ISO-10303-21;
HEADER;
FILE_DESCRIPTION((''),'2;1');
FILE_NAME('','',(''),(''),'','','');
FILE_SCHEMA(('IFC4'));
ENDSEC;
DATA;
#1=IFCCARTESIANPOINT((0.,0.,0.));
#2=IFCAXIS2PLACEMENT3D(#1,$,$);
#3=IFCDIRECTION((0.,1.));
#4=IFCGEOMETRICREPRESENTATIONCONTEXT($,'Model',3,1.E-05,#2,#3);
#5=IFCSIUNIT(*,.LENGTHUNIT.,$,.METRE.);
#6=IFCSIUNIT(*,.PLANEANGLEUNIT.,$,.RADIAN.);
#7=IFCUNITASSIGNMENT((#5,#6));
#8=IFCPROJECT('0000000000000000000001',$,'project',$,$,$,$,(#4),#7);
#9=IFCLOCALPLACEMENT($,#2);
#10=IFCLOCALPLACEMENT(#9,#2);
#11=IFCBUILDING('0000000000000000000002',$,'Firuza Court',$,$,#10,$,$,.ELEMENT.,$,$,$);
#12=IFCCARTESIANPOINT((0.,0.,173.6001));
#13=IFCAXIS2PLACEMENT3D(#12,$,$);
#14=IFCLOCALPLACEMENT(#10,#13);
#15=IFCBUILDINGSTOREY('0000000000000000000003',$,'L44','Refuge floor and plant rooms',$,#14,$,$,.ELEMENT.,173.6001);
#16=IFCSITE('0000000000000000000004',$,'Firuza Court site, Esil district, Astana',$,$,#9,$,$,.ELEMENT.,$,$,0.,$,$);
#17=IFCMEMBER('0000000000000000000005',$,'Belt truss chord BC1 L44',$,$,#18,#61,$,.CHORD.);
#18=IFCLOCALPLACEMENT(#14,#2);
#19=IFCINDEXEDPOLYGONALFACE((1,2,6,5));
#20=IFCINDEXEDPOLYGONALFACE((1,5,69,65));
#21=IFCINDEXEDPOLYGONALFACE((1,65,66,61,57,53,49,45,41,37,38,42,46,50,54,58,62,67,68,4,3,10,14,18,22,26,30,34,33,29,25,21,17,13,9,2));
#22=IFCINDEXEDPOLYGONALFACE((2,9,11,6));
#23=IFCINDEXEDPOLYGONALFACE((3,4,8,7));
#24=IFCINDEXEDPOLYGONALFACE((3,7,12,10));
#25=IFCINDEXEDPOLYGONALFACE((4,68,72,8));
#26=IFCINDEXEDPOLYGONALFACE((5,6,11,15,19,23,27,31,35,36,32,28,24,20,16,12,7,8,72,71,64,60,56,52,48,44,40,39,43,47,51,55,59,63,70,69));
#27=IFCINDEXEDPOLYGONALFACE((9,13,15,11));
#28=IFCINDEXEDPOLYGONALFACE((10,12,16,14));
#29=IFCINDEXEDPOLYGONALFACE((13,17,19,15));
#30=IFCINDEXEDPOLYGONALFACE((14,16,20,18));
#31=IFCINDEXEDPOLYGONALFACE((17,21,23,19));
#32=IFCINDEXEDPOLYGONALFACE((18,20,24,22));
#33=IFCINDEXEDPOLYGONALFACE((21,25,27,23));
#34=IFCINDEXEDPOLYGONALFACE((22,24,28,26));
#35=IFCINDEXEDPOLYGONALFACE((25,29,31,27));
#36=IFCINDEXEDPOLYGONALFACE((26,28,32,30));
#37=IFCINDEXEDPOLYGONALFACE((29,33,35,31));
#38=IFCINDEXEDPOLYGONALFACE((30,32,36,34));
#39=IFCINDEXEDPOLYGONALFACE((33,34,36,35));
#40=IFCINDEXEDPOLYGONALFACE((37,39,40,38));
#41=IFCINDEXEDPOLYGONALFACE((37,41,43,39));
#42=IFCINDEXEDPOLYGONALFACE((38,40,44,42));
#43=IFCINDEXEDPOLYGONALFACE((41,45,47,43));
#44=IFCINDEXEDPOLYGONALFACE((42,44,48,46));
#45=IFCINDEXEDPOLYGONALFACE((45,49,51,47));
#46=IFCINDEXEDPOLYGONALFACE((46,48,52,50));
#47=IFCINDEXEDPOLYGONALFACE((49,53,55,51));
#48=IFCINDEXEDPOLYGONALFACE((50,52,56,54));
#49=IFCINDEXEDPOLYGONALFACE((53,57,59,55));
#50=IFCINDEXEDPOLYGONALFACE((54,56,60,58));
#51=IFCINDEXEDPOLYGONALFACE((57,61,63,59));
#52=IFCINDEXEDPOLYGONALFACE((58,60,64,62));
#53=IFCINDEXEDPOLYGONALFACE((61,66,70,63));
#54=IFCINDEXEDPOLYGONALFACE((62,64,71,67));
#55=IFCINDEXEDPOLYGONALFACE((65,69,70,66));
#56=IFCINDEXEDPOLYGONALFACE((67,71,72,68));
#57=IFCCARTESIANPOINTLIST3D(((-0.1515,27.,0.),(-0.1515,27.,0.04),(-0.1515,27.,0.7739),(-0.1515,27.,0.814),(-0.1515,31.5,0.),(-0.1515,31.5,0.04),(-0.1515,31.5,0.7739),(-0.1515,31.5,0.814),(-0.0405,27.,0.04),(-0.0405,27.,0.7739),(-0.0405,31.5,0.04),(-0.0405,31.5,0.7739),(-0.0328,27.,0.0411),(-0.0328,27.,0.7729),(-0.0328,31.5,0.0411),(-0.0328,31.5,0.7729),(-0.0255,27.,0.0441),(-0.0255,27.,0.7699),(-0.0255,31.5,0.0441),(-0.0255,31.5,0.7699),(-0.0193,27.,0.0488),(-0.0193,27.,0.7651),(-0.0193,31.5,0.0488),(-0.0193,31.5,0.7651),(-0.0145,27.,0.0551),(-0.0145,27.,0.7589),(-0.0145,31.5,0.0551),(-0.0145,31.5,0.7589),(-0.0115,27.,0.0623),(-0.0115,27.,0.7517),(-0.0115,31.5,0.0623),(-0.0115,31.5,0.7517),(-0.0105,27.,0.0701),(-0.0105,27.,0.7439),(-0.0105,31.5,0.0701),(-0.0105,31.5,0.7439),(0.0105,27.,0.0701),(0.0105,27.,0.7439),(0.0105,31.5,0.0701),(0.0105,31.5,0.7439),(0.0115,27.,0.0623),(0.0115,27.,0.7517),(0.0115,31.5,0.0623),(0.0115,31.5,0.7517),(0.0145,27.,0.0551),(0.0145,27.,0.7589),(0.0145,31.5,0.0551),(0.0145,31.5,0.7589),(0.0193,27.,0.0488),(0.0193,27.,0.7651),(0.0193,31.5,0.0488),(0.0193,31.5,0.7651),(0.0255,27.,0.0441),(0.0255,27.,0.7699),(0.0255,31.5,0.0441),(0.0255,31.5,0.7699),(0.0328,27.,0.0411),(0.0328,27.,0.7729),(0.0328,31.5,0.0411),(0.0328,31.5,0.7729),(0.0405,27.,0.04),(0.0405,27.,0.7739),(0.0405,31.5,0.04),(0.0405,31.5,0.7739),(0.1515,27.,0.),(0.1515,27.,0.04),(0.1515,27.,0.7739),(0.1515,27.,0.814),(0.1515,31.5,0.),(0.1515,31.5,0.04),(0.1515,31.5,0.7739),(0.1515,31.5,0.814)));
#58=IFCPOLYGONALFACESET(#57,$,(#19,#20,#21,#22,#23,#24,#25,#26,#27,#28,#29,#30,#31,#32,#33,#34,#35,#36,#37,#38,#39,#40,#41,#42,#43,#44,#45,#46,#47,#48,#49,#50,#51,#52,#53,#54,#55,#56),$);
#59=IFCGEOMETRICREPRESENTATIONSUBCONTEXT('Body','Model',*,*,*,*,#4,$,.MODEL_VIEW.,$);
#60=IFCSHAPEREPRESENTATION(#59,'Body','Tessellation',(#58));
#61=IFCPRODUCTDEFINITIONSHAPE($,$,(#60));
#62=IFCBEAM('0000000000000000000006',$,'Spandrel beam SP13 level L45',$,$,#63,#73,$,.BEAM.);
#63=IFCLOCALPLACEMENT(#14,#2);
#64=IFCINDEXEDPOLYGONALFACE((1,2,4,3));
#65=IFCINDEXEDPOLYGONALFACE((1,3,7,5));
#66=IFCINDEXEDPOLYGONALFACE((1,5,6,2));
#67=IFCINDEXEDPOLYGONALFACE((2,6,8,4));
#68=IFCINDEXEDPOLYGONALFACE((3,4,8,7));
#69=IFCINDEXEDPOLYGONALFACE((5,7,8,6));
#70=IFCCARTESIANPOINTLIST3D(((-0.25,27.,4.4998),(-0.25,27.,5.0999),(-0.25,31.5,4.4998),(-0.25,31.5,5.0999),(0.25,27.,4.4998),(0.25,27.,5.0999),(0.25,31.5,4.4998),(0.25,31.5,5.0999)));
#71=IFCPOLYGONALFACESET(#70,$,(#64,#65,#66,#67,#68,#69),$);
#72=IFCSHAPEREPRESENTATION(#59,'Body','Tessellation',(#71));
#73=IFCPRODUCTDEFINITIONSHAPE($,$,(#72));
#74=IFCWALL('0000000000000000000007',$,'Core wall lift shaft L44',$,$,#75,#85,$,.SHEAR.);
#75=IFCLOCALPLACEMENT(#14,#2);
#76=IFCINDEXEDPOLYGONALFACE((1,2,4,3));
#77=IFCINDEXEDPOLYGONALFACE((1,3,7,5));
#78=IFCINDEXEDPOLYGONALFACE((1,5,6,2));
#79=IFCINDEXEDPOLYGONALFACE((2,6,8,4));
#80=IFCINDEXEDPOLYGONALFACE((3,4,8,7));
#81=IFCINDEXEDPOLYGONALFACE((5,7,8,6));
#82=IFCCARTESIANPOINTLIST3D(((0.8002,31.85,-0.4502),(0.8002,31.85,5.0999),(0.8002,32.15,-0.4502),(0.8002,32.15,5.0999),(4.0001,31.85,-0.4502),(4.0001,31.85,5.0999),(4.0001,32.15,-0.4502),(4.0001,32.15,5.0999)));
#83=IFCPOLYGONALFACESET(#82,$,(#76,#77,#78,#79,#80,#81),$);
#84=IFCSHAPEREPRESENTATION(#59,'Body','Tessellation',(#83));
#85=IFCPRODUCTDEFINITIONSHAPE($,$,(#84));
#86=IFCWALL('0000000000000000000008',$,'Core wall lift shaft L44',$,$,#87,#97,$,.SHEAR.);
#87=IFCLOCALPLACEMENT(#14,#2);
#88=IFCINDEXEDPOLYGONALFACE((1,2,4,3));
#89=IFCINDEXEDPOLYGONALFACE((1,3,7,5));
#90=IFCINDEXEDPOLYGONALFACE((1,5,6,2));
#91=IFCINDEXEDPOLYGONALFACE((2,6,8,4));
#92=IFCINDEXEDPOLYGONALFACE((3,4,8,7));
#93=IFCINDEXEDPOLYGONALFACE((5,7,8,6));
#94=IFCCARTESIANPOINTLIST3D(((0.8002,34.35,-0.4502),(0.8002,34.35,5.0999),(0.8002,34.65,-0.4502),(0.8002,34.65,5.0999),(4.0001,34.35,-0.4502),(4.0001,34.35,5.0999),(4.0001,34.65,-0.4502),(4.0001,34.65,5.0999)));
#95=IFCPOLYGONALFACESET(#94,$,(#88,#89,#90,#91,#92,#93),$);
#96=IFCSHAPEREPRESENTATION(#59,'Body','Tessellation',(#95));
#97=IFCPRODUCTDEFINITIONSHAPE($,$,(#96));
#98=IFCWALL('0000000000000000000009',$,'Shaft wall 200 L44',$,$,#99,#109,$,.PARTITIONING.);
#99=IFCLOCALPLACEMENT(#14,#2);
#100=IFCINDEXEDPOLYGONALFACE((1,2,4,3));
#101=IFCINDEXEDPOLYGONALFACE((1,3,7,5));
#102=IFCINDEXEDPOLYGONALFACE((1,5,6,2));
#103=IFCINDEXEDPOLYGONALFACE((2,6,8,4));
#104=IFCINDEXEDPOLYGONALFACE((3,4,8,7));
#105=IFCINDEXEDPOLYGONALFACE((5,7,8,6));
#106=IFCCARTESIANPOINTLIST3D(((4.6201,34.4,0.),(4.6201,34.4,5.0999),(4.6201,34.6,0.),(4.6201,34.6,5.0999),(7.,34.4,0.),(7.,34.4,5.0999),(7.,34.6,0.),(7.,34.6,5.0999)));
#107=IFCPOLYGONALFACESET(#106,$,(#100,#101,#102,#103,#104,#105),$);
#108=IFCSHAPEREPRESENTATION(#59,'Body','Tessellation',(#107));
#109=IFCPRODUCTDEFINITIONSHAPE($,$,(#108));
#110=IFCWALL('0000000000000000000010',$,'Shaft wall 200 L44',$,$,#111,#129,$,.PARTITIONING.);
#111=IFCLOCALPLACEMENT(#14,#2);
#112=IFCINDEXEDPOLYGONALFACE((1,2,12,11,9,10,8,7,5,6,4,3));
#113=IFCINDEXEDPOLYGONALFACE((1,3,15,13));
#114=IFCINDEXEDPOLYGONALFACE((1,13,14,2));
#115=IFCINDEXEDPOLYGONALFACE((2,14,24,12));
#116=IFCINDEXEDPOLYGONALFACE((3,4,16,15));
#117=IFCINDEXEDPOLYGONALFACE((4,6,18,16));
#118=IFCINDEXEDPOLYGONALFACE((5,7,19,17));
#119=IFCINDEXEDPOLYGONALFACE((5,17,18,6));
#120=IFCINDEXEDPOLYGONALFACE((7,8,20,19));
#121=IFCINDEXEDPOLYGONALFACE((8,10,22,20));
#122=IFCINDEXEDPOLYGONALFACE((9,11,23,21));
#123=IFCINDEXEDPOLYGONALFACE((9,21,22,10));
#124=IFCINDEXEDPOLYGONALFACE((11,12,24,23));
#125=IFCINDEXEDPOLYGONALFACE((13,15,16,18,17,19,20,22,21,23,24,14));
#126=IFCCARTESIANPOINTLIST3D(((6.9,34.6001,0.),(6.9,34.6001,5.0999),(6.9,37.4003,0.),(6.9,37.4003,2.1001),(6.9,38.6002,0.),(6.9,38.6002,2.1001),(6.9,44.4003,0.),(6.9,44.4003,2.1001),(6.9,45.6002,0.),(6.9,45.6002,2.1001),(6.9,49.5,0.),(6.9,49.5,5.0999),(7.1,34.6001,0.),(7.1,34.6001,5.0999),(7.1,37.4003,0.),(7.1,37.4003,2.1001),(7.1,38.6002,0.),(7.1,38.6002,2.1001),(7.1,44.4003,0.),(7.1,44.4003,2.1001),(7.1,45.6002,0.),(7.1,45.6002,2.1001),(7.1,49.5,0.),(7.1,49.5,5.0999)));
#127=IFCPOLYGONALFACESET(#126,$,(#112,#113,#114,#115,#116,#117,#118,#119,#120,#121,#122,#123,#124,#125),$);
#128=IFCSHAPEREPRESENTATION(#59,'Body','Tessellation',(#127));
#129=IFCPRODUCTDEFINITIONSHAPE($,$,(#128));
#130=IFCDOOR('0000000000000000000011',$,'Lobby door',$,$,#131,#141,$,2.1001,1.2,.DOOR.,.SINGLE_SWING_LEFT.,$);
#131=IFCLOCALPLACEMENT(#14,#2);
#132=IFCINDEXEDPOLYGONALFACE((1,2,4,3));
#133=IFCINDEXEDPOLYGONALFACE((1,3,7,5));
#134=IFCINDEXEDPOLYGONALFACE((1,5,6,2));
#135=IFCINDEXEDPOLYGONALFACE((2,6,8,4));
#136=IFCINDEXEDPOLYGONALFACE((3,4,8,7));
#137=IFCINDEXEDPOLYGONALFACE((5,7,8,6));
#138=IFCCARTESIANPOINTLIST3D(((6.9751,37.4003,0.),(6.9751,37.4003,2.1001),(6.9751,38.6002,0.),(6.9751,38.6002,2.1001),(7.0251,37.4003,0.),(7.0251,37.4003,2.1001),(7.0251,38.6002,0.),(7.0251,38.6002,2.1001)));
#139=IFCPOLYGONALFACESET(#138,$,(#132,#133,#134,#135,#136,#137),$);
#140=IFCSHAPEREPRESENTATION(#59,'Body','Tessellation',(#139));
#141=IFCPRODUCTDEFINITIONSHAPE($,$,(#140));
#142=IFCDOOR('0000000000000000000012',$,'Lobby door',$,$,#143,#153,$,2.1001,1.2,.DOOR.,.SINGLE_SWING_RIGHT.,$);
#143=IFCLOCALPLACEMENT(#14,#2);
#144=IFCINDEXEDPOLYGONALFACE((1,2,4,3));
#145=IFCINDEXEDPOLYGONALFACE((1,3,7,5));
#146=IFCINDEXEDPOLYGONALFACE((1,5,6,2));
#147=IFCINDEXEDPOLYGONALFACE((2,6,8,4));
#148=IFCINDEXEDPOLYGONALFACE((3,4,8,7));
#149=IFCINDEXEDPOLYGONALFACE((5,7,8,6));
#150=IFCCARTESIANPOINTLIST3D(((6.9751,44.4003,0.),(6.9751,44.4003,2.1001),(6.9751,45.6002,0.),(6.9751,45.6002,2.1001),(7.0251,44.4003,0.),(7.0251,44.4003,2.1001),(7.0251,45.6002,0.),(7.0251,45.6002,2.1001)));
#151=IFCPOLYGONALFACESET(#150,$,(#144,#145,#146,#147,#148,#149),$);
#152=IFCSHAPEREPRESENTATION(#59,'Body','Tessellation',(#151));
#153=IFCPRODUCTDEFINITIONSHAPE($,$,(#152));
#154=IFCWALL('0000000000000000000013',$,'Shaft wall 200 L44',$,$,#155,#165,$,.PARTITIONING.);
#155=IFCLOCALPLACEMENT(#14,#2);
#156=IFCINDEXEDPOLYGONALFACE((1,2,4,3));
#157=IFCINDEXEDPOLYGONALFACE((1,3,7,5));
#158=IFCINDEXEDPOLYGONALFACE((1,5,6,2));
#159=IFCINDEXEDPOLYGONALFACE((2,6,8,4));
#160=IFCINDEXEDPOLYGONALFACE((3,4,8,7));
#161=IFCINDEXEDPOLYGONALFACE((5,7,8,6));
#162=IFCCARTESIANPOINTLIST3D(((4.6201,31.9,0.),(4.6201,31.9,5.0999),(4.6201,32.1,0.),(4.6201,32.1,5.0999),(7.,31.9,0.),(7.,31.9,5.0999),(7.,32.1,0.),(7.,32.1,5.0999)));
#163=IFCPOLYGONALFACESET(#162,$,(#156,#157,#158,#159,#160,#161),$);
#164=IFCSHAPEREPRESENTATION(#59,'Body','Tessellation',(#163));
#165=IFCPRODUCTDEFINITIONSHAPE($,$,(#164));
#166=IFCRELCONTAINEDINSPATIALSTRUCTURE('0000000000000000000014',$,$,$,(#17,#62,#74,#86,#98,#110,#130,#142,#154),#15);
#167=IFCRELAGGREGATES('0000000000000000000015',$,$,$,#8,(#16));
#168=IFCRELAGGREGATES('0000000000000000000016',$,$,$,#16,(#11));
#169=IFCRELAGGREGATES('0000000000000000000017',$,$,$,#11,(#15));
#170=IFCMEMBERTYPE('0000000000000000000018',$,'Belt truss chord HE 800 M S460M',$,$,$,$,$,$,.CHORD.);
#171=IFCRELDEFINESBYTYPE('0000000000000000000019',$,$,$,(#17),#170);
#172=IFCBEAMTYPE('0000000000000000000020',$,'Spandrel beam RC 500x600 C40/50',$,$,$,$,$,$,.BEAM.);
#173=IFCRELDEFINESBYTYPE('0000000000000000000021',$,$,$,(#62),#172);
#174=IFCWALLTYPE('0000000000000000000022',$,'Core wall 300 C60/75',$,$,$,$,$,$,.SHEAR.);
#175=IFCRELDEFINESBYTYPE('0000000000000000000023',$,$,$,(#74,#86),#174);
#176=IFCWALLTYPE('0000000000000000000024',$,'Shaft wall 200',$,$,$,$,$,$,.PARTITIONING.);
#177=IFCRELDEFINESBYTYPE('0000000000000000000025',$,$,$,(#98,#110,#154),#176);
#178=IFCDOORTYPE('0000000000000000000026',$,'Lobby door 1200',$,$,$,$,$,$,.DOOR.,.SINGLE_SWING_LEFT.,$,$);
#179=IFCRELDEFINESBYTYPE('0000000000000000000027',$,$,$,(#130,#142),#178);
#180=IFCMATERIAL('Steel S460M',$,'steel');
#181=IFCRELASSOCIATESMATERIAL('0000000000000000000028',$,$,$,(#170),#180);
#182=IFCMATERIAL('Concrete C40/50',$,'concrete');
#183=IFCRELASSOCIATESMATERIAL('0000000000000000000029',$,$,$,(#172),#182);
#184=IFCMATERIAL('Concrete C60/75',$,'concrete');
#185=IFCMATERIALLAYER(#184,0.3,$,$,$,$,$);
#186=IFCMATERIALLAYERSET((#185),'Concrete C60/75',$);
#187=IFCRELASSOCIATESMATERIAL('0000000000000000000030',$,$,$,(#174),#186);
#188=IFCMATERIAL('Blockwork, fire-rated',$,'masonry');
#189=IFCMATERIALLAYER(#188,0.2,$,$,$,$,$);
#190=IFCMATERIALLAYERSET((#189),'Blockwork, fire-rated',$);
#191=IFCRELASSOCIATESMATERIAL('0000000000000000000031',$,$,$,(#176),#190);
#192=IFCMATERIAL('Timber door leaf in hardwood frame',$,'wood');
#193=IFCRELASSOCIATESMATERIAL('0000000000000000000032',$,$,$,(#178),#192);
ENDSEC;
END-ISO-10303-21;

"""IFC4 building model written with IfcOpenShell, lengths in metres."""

from ifc_helpers import new_model, si_unit, direction, frame, frame_2d, origin, origin_2d, place, context, subcontext, project, spatial, rectangle, i_section, extrude, material, layer, layer_set, material_profile, profile_set, type_object, element, fill, save


model = new_model("IFC4")

# Units and contexts
model_context = context("Model", 3, precision=1e-05, world=origin(), true_north=direction((0.0, 1.0)))
body_context = subcontext(model_context, "Body", "Model", "MODEL_VIEW")
ifc_project = project(units=[si_unit("LENGTHUNIT", "METRE"), si_unit("PLANEANGLEUNIT", "RADIAN")], contexts=[model_context])

# Site, building, storey
site_placement = place(None, origin())
site = spatial("IfcSite", under=ifc_project, at=site_placement, Name="Firuza Court site, Esil district, Astana", CompositionType="ELEMENT", RefElevation=0.0)
building_placement = place(site_placement, origin())
building = spatial("IfcBuilding", under=site, at=building_placement, Name="Firuza Court", CompositionType="ELEMENT")
storey_placement = place(building_placement, frame((0.0, 0.0, 173.6001)))
storey = spatial("IfcBuildingStorey", under=building, at=storey_placement, Name="L44", Description="Refuge floor and plant rooms", CompositionType="ELEMENT", Elevation=173.6001)

# Member
ifc_material_1 = material(Name="Steel S460M", Category="steel")
ifc_material_profile_1 = material_profile(ifc_material_1, i_section(OverallWidth=0.303, OverallDepth=0.814, WebThickness=0.021, FlangeThickness=0.04, FilletRadius=0.03, at=origin_2d()), Name="HE 800 M")
ifc_profile_set_1 = profile_set([ifc_material_profile_1], Name="Steel S460M")
member_type = type_object("IfcMemberType", Name="Belt truss chord HE 800 M S460M", PredefinedType="CHORD", material=ifc_profile_set_1)
member_placement = place(storey_placement, frame((0.0, 31.5, 0.407), z_axis=(0.0, -1.0, 0.0), x_axis=(1.0, 0.0, 0.0)))
element("IfcMember", 1, at=member_placement, inside=storey, type_object=member_type, Name="Belt truss chord BC1 L44", PredefinedType="CHORD", context=body_context, shape_type="SweptSolid", body=[
    extrude(i_section(OverallWidth=0.303, OverallDepth=0.814, WebThickness=0.021, FlangeThickness=0.04, FilletRadius=0.03, at=origin_2d()), origin(), (0.0, 0.0, 1.0), 4.5),
])

# Beam
ifc_material_2 = material(Name="Concrete C40/50", Category="concrete")
ifc_material_profile_2 = material_profile(ifc_material_2, rectangle(XDim=0.5, YDim=0.6001, at=origin_2d()), Name="RC 500x600")
ifc_profile_set_2 = profile_set([ifc_material_profile_2], Name="Concrete C40/50")
beam_type = type_object("IfcBeamType", Name="Spandrel beam RC 500x600 C40/50", PredefinedType="BEAM", material=ifc_profile_set_2)
beam_placement = place(storey_placement, frame((0.0, 31.5, 4.7998), z_axis=(0.0, -1.0, 0.0), x_axis=(1.0, 0.0, 0.0)))
element("IfcBeam", 2, at=beam_placement, inside=storey, type_object=beam_type, Name="Spandrel beam SP13 level L45", PredefinedType="BEAM", context=body_context, shape_type="SweptSolid", body=[
    extrude(rectangle(XDim=0.5, YDim=0.6001, at=origin_2d()), origin(), (0.0, 0.0, 1.0), 4.5),
])

# Walls
ifc_material_3 = material(Name="Concrete C60/75", Category="concrete")
ifc_layer_1 = layer(ifc_material_3, 0.3)
ifc_layer_set_1 = layer_set([ifc_layer_1], Name="Concrete C60/75")
wall_type_1 = type_object("IfcWallType", Name="Core wall 300 C60/75", PredefinedType="SHEAR", material=ifc_layer_set_1)
for number, where, z_axis, x_axis, name in (
    (3, (0.8, 32.0, -0.4502), (0.0, 0.0, 1.0), (1.0, 0.0, 0.0), "Core wall lift shaft L44"),
    (4, (0.8, 34.5, -0.4502), (0.0, 0.0, 1.0), (1.0, 0.0, 0.0), "Core wall lift shaft L44"),
):
    element("IfcWall", number, at=place(storey_placement, frame(where, z_axis=z_axis, x_axis=x_axis)), inside=storey, type_object=wall_type_1, Name=name, PredefinedType="SHEAR", context=body_context, shape_type="SweptSolid", body=[
        extrude(rectangle(XDim=3.2, YDim=0.3, at=frame_2d((1.6001, 0.0))), origin(), (0.0, 0.0, 1.0), 5.55),
    ])
ifc_material_4 = material(Name="Blockwork, fire-rated", Category="masonry")
ifc_layer_2 = layer(ifc_material_4, 0.2)
ifc_layer_set_2 = layer_set([ifc_layer_2], Name="Blockwork, fire-rated")
wall_type_2 = type_object("IfcWallType", Name="Shaft wall 200", PredefinedType="PARTITIONING", material=ifc_layer_set_2)
wall_1_placement = place(storey_placement, frame((4.6201, 34.5, 0.0), z_axis=(0.0, 0.0, 1.0), x_axis=(1.0, 0.0, 0.0)))
element("IfcWall", 5, at=wall_1_placement, inside=storey, type_object=wall_type_2, Name="Shaft wall 200 L44", PredefinedType="PARTITIONING", context=body_context, shape_type="SweptSolid", body=[
    extrude(rectangle(XDim=2.3799, YDim=0.2, at=frame_2d((1.1899, 0.0))), origin(), (0.0, 0.0, 1.0), 5.0999),
])

# Wall, openings, doors
wall_2_placement = place(storey_placement, frame((7.0, 34.6001, 0.0), z_axis=(0.0, 0.0, 1.0), x_axis=(0.0, 1.0, 0.0)))
wall_2 = element("IfcWall", 6, at=wall_2_placement, inside=storey, type_object=wall_type_2, Name="Shaft wall 200 L44", PredefinedType="PARTITIONING", context=body_context, shape_type="SweptSolid", body=[
    extrude(rectangle(XDim=14.8999, YDim=0.2, at=frame_2d((7.45, 0.0))), origin(), (0.0, 0.0, 1.0), 5.0999),
])
opening_1_placement = place(wall_2_placement, frame((2.8, 0.0, 0.0)))
opening_1 = element("IfcOpeningElement", 7, at=opening_1_placement, cuts=wall_2, PredefinedType="OPENING", context=body_context, shape_type="SweptSolid", body=[
    extrude(rectangle(XDim=1.2, YDim=2.1001, at=frame_2d((0.6001, 1.05))), frame((0.0, 0.1118, 0.0), z_axis=(0.0, -1.0, 0.0), x_axis=(1.0, 0.0, 0.0)), (0.0, 0.0, 1.0), 0.2239),
])
opening_2_placement = place(wall_2_placement, frame((9.8, 0.0, 0.0)))
opening_2 = element("IfcOpeningElement", 8, at=opening_2_placement, cuts=wall_2, PredefinedType="OPENING", context=body_context, shape_type="SweptSolid", body=[
    extrude(rectangle(XDim=1.2, YDim=2.1001, at=frame_2d((0.6001, 1.05))), frame((0.0, 0.1118, 0.0), z_axis=(0.0, -1.0, 0.0), x_axis=(1.0, 0.0, 0.0)), (0.0, 0.0, 1.0), 0.2239),
])
ifc_material_5 = material(Name="Timber door leaf in hardwood frame", Category="wood")
door_type = type_object("IfcDoorType", Name="Lobby door 1200", OperationType="SINGLE_SWING_LEFT", PredefinedType="DOOR", material=ifc_material_5)
door_1_placement = place(opening_1_placement, origin())
door_1 = element("IfcDoor", 9, at=door_1_placement, inside=storey, type_object=door_type, Name="Lobby door", OperationType="SINGLE_SWING_LEFT", OverallHeight=2.1001, OverallWidth=1.2, PredefinedType="DOOR", context=body_context, shape_type="SweptSolid", body=[
    extrude(rectangle(XDim=1.2, YDim=2.1001, at=frame_2d((0.6001, 1.05))), frame((0.0, 0.0249, 0.0), z_axis=(0.0, -1.0, 0.0), x_axis=(1.0, 0.0, 0.0)), (0.0, 0.0, 1.0), 0.05),
])
fill(opening_1, door_1)
door_2_placement = place(opening_2_placement, origin())
door_2 = element("IfcDoor", 10, at=door_2_placement, inside=storey, type_object=door_type, Name="Lobby door", OperationType="SINGLE_SWING_RIGHT", OverallHeight=2.1001, OverallWidth=1.2, PredefinedType="DOOR", context=body_context, shape_type="SweptSolid", body=[
    extrude(rectangle(XDim=1.2, YDim=2.1001, at=frame_2d((0.6001, 1.05))), frame((0.0, 0.0249, 0.0), z_axis=(0.0, -1.0, 0.0), x_axis=(1.0, 0.0, 0.0)), (0.0, 0.0, 1.0), 0.05),
])
fill(opening_2, door_2)

# Wall
wall_3_placement = place(storey_placement, frame((4.6201, 32.0, 0.0), z_axis=(0.0, 0.0, 1.0), x_axis=(1.0, 0.0, 0.0)))
element("IfcWall", 11, at=wall_3_placement, inside=storey, type_object=wall_type_2, Name="Shaft wall 200 L44", PredefinedType="PARTITIONING", context=body_context, shape_type="SweptSolid", body=[
    extrude(rectangle(XDim=2.3799, YDim=0.2, at=frame_2d((1.1899, 0.0))), origin(), (0.0, 0.0, 1.0), 5.0999),
])

save(model, "model.ifc")
